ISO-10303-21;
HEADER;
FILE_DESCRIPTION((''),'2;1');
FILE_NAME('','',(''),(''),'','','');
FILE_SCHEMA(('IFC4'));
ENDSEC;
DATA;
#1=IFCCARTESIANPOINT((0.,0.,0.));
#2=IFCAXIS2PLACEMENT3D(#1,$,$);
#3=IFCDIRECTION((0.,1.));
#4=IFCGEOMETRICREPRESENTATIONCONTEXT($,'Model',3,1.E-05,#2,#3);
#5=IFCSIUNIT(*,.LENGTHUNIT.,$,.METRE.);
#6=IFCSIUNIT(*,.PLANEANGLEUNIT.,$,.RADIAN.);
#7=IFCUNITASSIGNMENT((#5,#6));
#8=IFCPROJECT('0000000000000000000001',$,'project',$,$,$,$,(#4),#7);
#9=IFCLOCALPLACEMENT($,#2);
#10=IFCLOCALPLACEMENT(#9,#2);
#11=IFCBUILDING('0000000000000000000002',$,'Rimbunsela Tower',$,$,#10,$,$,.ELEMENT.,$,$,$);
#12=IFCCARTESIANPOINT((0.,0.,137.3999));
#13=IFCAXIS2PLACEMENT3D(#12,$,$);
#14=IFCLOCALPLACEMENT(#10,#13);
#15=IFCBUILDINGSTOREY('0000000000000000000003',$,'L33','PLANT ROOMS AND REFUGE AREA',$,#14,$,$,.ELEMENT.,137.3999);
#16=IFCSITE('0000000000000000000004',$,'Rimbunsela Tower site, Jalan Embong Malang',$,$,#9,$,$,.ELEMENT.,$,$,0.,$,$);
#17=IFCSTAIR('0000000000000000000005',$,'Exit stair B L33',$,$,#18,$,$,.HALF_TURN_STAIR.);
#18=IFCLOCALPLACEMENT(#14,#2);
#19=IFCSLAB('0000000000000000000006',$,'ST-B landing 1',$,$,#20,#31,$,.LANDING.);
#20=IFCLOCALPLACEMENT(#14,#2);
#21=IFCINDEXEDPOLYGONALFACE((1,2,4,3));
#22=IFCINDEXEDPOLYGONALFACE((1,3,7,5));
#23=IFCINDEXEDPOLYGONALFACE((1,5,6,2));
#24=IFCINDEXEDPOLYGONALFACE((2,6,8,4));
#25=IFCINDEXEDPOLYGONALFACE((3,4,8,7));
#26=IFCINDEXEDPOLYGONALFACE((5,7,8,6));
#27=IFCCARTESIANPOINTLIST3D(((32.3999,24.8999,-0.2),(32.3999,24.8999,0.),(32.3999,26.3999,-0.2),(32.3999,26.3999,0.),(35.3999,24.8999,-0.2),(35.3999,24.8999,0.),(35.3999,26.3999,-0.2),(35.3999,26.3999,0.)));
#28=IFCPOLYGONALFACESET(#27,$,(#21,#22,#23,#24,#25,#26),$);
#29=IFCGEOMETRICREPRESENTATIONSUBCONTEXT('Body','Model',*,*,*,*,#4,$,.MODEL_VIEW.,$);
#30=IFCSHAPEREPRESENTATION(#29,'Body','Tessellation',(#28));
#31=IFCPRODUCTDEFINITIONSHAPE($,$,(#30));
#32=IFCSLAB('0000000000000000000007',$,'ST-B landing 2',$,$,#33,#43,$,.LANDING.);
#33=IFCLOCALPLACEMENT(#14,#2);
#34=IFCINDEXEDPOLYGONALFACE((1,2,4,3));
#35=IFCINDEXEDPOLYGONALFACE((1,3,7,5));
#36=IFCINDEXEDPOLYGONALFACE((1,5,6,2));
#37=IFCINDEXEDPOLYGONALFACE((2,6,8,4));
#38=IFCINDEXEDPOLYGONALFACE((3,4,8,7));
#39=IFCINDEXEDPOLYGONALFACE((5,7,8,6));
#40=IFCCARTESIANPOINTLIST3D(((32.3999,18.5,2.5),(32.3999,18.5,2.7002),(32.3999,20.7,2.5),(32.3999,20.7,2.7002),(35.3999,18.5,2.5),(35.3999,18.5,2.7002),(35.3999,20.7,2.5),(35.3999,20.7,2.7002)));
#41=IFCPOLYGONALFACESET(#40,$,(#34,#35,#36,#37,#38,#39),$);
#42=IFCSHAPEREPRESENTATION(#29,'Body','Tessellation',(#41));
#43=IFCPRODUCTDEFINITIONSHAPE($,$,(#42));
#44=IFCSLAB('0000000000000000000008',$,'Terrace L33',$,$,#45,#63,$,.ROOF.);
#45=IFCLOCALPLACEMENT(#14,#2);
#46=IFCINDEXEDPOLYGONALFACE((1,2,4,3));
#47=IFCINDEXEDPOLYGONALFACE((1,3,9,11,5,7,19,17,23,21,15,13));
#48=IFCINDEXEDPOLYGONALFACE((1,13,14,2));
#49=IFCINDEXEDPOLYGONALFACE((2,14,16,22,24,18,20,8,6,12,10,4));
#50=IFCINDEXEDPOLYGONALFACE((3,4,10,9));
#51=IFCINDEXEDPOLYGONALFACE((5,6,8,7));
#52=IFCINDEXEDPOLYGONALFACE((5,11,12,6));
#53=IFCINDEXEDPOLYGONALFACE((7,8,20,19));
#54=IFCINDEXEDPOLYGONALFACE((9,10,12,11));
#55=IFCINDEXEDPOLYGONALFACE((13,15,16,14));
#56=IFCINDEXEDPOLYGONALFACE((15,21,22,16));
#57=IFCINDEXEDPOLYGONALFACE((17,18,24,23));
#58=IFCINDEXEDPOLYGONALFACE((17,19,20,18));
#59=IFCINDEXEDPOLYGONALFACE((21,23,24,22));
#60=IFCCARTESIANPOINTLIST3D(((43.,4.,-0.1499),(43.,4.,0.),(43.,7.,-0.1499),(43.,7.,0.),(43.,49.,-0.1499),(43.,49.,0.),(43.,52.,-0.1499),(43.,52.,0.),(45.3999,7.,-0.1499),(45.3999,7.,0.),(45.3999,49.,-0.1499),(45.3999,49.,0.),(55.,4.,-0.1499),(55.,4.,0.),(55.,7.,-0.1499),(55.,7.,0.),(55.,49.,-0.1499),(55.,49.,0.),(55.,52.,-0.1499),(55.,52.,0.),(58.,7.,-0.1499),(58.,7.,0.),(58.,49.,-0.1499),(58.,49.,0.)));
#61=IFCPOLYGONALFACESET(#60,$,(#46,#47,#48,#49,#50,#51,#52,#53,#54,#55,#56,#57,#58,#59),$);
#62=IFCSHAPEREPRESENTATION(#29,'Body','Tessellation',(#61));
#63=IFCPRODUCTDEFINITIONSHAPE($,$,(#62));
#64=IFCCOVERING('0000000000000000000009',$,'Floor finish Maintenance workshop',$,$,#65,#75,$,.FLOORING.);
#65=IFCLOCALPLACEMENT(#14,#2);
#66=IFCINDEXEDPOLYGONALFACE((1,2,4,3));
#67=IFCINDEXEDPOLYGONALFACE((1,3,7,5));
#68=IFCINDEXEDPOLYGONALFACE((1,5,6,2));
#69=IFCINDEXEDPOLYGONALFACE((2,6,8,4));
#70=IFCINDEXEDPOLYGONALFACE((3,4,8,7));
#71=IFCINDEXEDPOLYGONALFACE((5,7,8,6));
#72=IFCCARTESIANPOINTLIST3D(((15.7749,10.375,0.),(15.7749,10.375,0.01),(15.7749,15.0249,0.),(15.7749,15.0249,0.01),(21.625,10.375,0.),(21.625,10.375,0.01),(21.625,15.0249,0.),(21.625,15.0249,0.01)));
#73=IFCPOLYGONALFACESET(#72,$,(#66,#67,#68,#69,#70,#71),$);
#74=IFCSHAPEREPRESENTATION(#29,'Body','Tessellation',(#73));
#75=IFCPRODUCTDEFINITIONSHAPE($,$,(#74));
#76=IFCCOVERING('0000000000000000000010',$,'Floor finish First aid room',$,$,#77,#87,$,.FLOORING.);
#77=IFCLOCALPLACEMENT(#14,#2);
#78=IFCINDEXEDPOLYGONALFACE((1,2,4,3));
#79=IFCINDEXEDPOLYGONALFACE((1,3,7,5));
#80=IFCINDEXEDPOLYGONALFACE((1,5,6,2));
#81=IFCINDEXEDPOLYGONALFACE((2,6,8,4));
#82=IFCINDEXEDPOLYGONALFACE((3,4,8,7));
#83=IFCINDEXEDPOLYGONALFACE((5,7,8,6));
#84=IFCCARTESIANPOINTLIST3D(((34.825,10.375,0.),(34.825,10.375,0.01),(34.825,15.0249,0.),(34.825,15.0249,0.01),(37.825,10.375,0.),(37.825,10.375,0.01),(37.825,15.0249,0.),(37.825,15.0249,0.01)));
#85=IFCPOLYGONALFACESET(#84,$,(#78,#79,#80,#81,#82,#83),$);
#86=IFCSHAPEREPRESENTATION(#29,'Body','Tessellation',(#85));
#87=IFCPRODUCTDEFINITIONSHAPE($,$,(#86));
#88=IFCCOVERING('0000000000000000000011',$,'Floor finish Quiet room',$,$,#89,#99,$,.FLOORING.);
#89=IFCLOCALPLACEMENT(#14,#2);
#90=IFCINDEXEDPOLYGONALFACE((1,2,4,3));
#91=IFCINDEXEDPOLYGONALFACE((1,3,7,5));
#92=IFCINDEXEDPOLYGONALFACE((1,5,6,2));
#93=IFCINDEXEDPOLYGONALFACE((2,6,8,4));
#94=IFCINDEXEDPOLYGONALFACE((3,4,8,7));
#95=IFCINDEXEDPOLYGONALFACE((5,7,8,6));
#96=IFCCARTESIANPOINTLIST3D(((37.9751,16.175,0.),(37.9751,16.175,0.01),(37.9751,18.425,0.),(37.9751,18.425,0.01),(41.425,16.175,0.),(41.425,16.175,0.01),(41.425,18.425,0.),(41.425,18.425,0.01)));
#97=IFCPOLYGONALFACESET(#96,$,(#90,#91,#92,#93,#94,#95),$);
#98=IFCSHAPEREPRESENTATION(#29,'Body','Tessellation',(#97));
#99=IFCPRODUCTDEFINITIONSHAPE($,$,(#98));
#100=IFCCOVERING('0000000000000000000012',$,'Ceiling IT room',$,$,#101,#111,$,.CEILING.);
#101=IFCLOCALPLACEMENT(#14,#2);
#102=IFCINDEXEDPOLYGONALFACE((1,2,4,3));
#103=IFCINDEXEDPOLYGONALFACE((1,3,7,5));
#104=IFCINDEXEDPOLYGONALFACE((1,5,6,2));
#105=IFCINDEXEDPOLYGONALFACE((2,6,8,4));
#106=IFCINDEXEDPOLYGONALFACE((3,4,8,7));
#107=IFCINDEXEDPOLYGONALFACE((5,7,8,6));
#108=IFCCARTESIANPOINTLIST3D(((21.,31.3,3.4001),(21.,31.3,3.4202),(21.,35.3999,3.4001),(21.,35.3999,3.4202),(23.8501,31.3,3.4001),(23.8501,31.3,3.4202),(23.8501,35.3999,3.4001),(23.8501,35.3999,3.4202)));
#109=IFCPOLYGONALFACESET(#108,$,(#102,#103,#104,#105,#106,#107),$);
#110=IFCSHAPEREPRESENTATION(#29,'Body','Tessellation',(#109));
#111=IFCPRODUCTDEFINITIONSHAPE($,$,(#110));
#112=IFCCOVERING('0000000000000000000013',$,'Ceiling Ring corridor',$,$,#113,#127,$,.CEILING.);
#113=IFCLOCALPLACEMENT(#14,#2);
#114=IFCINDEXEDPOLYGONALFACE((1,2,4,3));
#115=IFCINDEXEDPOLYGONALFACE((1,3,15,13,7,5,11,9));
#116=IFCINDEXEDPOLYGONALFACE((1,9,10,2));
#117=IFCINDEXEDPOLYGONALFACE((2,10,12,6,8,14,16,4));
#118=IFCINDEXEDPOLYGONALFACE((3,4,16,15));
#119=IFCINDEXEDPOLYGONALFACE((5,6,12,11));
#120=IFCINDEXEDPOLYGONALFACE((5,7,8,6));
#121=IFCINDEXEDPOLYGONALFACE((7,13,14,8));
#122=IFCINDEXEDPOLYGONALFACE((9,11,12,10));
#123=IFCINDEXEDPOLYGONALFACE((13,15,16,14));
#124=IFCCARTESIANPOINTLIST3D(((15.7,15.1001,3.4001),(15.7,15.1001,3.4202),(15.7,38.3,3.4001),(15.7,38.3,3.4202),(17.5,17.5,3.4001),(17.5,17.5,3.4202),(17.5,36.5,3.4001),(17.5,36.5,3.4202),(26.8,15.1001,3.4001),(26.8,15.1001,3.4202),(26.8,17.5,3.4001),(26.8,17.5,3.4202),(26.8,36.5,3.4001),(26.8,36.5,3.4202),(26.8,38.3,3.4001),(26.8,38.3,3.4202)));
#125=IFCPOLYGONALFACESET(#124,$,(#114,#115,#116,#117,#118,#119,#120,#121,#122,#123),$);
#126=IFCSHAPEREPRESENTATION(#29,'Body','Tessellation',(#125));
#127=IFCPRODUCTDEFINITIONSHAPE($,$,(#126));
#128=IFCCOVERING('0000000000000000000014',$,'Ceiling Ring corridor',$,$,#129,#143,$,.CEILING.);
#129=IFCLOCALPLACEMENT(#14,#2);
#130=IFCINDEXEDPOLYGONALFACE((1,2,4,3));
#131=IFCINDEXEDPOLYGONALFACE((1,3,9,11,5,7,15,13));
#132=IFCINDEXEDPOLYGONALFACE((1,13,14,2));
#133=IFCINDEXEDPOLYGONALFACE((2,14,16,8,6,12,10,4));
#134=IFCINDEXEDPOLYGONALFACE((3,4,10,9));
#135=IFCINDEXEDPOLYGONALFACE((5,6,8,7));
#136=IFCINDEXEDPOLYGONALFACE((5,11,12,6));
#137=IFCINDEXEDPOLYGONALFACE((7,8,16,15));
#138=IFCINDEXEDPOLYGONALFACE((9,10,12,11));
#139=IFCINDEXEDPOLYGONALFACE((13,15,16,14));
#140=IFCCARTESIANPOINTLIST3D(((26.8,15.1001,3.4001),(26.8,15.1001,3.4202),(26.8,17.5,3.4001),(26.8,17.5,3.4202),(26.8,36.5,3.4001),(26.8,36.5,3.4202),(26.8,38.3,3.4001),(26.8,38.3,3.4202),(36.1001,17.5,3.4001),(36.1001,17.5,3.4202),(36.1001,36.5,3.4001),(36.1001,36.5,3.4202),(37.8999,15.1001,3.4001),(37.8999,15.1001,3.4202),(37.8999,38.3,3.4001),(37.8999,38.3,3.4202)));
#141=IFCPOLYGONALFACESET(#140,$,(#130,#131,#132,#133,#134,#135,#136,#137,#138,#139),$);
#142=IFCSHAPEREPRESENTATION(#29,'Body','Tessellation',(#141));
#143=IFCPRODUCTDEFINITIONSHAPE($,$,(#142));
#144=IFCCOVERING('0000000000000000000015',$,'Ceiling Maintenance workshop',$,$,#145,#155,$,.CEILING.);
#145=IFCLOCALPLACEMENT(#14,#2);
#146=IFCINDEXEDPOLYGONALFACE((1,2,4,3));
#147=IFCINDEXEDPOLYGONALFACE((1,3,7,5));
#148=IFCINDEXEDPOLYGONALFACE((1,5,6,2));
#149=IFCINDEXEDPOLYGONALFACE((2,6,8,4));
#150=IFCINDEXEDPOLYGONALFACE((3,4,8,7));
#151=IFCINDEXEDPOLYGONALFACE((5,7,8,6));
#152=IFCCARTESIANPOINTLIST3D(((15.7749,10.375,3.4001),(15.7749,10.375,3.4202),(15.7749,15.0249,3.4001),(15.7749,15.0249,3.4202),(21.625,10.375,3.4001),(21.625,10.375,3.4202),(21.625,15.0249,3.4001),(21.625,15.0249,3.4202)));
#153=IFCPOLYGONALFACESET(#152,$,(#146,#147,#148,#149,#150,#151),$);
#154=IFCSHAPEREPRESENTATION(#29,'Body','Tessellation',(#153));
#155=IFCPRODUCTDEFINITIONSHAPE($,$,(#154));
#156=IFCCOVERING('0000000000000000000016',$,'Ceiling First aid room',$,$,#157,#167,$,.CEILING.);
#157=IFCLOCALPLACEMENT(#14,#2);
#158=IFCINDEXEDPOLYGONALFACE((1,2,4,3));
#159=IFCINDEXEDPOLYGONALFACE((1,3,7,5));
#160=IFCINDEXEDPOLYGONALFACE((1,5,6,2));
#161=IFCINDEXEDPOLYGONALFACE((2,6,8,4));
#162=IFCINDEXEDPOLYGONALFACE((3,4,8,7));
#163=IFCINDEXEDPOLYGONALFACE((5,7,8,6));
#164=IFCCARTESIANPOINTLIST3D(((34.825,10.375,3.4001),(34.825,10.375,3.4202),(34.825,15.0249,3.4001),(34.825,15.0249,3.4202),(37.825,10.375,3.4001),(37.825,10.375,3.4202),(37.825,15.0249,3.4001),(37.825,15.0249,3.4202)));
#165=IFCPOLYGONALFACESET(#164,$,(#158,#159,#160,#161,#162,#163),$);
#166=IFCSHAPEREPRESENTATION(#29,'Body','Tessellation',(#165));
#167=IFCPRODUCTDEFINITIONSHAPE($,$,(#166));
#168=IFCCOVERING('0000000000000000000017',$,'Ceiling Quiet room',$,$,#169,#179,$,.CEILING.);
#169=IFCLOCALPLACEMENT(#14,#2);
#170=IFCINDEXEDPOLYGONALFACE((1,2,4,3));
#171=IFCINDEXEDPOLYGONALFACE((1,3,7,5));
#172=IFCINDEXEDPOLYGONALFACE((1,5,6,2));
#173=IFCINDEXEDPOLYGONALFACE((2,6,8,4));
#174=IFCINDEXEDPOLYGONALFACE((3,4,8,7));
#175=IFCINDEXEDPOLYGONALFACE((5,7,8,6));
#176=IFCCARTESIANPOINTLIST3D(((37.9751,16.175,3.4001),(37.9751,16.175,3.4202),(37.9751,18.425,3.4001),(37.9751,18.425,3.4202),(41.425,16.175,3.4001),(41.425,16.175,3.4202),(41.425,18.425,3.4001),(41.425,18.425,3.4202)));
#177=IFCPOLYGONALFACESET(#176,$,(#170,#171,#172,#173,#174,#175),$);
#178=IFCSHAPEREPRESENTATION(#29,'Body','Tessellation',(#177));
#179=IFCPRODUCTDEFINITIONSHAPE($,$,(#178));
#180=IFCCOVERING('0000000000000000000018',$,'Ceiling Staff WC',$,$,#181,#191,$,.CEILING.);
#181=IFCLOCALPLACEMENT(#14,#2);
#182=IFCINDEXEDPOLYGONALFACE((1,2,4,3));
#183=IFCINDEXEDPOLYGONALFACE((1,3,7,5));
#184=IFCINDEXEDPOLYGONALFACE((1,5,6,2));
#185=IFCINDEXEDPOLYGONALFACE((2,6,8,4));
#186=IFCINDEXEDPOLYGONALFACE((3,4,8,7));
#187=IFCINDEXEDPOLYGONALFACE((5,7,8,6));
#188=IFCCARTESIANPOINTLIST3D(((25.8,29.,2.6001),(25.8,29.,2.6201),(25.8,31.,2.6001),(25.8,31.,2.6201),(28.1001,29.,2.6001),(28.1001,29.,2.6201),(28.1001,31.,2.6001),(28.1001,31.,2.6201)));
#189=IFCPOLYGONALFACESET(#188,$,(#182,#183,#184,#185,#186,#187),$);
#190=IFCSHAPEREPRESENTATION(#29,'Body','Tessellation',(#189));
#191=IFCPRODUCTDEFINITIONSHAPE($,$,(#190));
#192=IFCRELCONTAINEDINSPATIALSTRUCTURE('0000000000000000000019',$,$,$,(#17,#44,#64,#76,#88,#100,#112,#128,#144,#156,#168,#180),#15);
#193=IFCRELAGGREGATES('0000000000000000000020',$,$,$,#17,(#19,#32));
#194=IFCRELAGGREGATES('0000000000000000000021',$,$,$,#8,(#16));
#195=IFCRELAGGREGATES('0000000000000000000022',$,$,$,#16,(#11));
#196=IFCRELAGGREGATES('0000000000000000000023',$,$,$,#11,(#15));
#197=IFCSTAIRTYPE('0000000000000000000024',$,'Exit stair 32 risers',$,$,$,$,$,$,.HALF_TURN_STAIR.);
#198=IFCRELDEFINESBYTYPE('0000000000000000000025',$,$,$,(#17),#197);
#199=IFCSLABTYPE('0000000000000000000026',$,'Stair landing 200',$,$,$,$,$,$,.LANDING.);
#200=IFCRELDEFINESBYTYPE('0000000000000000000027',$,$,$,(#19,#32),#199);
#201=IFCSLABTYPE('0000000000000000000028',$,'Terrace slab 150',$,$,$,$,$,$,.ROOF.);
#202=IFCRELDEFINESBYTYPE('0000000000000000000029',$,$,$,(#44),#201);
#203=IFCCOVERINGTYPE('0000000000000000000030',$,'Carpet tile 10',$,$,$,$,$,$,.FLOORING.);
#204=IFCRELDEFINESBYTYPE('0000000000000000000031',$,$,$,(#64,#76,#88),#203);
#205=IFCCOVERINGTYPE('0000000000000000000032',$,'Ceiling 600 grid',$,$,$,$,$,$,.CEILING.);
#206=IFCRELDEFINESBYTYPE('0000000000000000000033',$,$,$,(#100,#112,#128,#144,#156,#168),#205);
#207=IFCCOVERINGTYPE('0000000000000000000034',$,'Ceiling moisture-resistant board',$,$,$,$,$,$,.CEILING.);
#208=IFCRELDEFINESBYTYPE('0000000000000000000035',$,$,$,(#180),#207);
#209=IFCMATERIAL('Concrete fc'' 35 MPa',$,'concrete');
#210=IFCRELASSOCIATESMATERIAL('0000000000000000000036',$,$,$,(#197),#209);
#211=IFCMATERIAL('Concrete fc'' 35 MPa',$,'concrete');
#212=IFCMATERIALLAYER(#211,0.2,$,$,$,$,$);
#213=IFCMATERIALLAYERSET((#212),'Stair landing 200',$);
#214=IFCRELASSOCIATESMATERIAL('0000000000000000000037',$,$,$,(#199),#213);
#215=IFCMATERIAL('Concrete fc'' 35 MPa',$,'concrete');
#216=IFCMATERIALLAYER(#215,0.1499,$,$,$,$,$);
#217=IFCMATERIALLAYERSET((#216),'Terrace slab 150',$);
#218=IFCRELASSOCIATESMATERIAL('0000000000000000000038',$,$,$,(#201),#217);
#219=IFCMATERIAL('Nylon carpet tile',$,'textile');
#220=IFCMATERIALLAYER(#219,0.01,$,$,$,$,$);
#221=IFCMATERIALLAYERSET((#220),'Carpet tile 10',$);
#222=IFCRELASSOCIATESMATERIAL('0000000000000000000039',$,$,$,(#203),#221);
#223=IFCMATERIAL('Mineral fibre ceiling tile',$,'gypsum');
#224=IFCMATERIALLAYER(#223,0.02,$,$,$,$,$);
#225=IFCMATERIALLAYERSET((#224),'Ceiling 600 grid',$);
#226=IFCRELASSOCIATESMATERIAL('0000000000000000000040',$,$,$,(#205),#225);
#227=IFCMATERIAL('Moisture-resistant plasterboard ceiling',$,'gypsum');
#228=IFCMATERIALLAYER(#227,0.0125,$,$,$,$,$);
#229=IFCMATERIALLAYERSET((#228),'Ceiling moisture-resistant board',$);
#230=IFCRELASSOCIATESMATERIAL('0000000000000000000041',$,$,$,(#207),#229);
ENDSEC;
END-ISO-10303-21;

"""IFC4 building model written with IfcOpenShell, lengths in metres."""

from ifc_helpers import new_model, si_unit, direction, frame, origin, place, context, subcontext, project, spatial, polyline, outline, extrude, material, layer, layer_set, type_object, element, aggregate, save


model = new_model("IFC4")

# Units and contexts
model_context = context("Model", 3, precision=1e-05, world=origin(), true_north=direction((0.0, 1.0)))
body_context = subcontext(model_context, "Body", "Model", "MODEL_VIEW")
ifc_project = project(units=[si_unit("LENGTHUNIT", "METRE"), si_unit("PLANEANGLEUNIT", "RADIAN")], contexts=[model_context])

# Site, building, storey
site_placement = place(None, origin())
site = spatial("IfcSite", under=ifc_project, at=site_placement, Name="Rimbunsela Tower site, Jalan Embong Malang", CompositionType="ELEMENT", RefElevation=0.0)
building_placement = place(site_placement, origin())
building = spatial("IfcBuilding", under=site, at=building_placement, Name="Rimbunsela Tower", CompositionType="ELEMENT")
storey_placement = place(building_placement, frame((0.0, 0.0, 137.3999)))
storey = spatial("IfcBuildingStorey", under=building, at=storey_placement, Name="L33", Description="PLANT ROOMS AND REFUGE AREA", CompositionType="ELEMENT", Elevation=137.3999)

# Stair, slabs
ifc_material_1 = material(Name="Concrete fc' 35 MPa", Category="concrete")
stair_type = type_object("IfcStairType", Name="Exit stair 32 risers", PredefinedType="HALF_TURN_STAIR", material=ifc_material_1)
ifc_material_2 = material(Name="Concrete fc' 35 MPa", Category="concrete")
ifc_layer_1 = layer(ifc_material_2, 0.2)
ifc_layer_set_1 = layer_set([ifc_layer_1], Name="Stair landing 200")
slab_type_1 = type_object("IfcSlabType", Name="Stair landing 200", PredefinedType="LANDING", material=ifc_layer_set_1)
stair_1_placement = place(storey_placement, origin())
stair_1 = element("IfcStair", 1, at=stair_1_placement, inside=storey, type_object=stair_type, Name="Exit stair B L33", PredefinedType="HALF_TURN_STAIR")
slab_1_placement = place(storey_placement, frame((0.0, 0.0, -0.2)))
slab_1 = element("IfcSlab", 2, at=slab_1_placement, type_object=slab_type_1, Name="ST-B landing 1", PredefinedType="LANDING", context=body_context, shape_type="SweptSolid", body=[
    extrude(outline(polyline([(32.3999, 24.8999), (35.3999, 24.8999), (35.3999, 26.3999), (32.3999, 26.3999), (32.3999, 24.8999)])), origin(), (0.0, 0.0, 1.0), 0.2),
])
slab_2_placement = place(storey_placement, frame((0.0, 0.0, 2.5)))
slab_2 = element("IfcSlab", 3, at=slab_2_placement, type_object=slab_type_1, Name="ST-B landing 2", PredefinedType="LANDING", context=body_context, shape_type="SweptSolid", body=[
    extrude(outline(polyline([(32.3999, 18.5), (35.3999, 18.5), (35.3999, 20.7), (32.3999, 20.7), (32.3999, 18.5)])), origin(), (0.0, 0.0, 1.0), 0.2002),
])
aggregate(stair_1, [slab_1, slab_2])

# Slab
ifc_material_3 = material(Name="Concrete fc' 35 MPa", Category="concrete")
ifc_layer_2 = layer(ifc_material_3, 0.1499)
ifc_layer_set_2 = layer_set([ifc_layer_2], Name="Terrace slab 150")
slab_type_2 = type_object("IfcSlabType", Name="Terrace slab 150", PredefinedType="ROOF", material=ifc_layer_set_2)
slab_3_placement = place(storey_placement, frame((0.0, 0.0, -0.1499)))
element("IfcSlab", 4, at=slab_3_placement, inside=storey, type_object=slab_type_2, Name="Terrace L33", PredefinedType="ROOF", context=body_context, shape_type="SweptSolid", body=[
    extrude(outline(polyline([(55.0, 52.0), (55.0, 49.0), (58.0, 49.0), (58.0, 7.0), (55.0, 7.0), (55.0, 4.0), (43.0, 4.0), (43.0, 7.0), (45.3999, 7.0), (45.3999, 49.0), (43.0, 49.0), (43.0, 52.0), (55.0, 52.0)])), origin(), (0.0, 0.0, 1.0), 0.1499),
])

# Coverings
ifc_material_4 = material(Name="Nylon carpet tile", Category="textile")
ifc_layer_3 = layer(ifc_material_4, 0.01)
ifc_layer_set_3 = layer_set([ifc_layer_3], Name="Carpet tile 10")
covering_type_1 = type_object("IfcCoveringType", Name="Carpet tile 10", PredefinedType="FLOORING", material=ifc_layer_set_3)
covering_1_placement = place(storey_placement, origin())
element("IfcCovering", 5, at=covering_1_placement, inside=storey, type_object=covering_type_1, Name="Floor finish Maintenance workshop", PredefinedType="FLOORING", context=body_context, shape_type="SweptSolid", body=[
    extrude(outline(polyline([(21.625, 10.375), (21.625, 15.0249), (15.7749, 15.0249), (15.7749, 10.375), (21.625, 10.375)])), origin(), (0.0, 0.0, 1.0), 0.01),
])
covering_2_placement = place(storey_placement, origin())
element("IfcCovering", 6, at=covering_2_placement, inside=storey, type_object=covering_type_1, Name="Floor finish First aid room", PredefinedType="FLOORING", context=body_context, shape_type="SweptSolid", body=[
    extrude(outline(polyline([(37.825, 10.375), (37.825, 15.0249), (34.825, 15.0249), (34.825, 10.375), (37.825, 10.375)])), origin(), (0.0, 0.0, 1.0), 0.01),
])
covering_3_placement = place(storey_placement, origin())
element("IfcCovering", 7, at=covering_3_placement, inside=storey, type_object=covering_type_1, Name="Floor finish Quiet room", PredefinedType="FLOORING", context=body_context, shape_type="SweptSolid", body=[
    extrude(outline(polyline([(41.425, 16.175), (41.425, 18.425), (37.9751, 18.425), (37.9751, 16.175), (41.425, 16.175)])), origin(), (0.0, 0.0, 1.0), 0.01),
])
ifc_material_5 = material(Name="Mineral fibre ceiling tile", Category="gypsum")
ifc_layer_4 = layer(ifc_material_5, 0.02)
ifc_layer_set_4 = layer_set([ifc_layer_4], Name="Ceiling 600 grid")
covering_type_2 = type_object("IfcCoveringType", Name="Ceiling 600 grid", PredefinedType="CEILING", material=ifc_layer_set_4)
covering_4_placement = place(storey_placement, frame((0.0, 0.0, 3.4001)))
element("IfcCovering", 8, at=covering_4_placement, inside=storey, type_object=covering_type_2, Name="Ceiling IT room", PredefinedType="CEILING", context=body_context, shape_type="SweptSolid", body=[
    extrude(outline(polyline([(23.8501, 31.3), (23.8501, 35.3999), (21.0, 35.3999), (21.0, 31.3), (23.8501, 31.3)])), origin(), (0.0, 0.0, 1.0), 0.02),
])
covering_5_placement = place(storey_placement, frame((0.0, 0.0, 3.4001)))
element("IfcCovering", 9, at=covering_5_placement, inside=storey, type_object=covering_type_2, Name="Ceiling Ring corridor", PredefinedType="CEILING", context=body_context, shape_type="SweptSolid", body=[
    extrude(outline(polyline([(15.7, 38.3), (26.8, 38.3), (26.8, 36.5), (17.5, 36.5), (17.5, 17.5), (26.8, 17.5), (26.8, 15.1001), (15.7, 15.1001), (15.7, 38.3)])), origin(), (0.0, 0.0, 1.0), 0.02),
])
covering_6_placement = place(storey_placement, frame((0.0, 0.0, 3.4001)))
element("IfcCovering", 10, at=covering_6_placement, inside=storey, type_object=covering_type_2, Name="Ceiling Ring corridor", PredefinedType="CEILING", context=body_context, shape_type="SweptSolid", body=[
    extrude(outline(polyline([(37.8999, 38.3), (37.8999, 15.1001), (26.8, 15.1001), (26.8, 17.5), (36.1001, 17.5), (36.1001, 36.5), (26.8, 36.5), (26.8, 38.3), (37.8999, 38.3)])), origin(), (0.0, 0.0, 1.0), 0.02),
])
covering_7_placement = place(storey_placement, frame((0.0, 0.0, 3.4001)))
element("IfcCovering", 11, at=covering_7_placement, inside=storey, type_object=covering_type_2, Name="Ceiling Maintenance workshop", PredefinedType="CEILING", context=body_context, shape_type="SweptSolid", body=[
    extrude(outline(polyline([(21.625, 10.375), (21.625, 15.0249), (15.7749, 15.0249), (15.7749, 10.375), (21.625, 10.375)])), origin(), (0.0, 0.0, 1.0), 0.02),
])
covering_8_placement = place(storey_placement, frame((0.0, 0.0, 3.4001)))
element("IfcCovering", 12, at=covering_8_placement, inside=storey, type_object=covering_type_2, Name="Ceiling First aid room", PredefinedType="CEILING", context=body_context, shape_type="SweptSolid", body=[
    extrude(outline(polyline([(37.825, 10.375), (37.825, 15.0249), (34.825, 15.0249), (34.825, 10.375), (37.825, 10.375)])), origin(), (0.0, 0.0, 1.0), 0.02),
])
covering_9_placement = place(storey_placement, frame((0.0, 0.0, 3.4001)))
element("IfcCovering", 13, at=covering_9_placement, inside=storey, type_object=covering_type_2, Name="Ceiling Quiet room", PredefinedType="CEILING", context=body_context, shape_type="SweptSolid", body=[
    extrude(outline(polyline([(41.425, 16.175), (41.425, 18.425), (37.9751, 18.425), (37.9751, 16.175), (41.425, 16.175)])), origin(), (0.0, 0.0, 1.0), 0.02),
])
ifc_material_6 = material(Name="Moisture-resistant plasterboard ceiling", Category="gypsum")
ifc_layer_5 = layer(ifc_material_6, 0.0125)
ifc_layer_set_5 = layer_set([ifc_layer_5], Name="Ceiling moisture-resistant board")
covering_type_3 = type_object("IfcCoveringType", Name="Ceiling moisture-resistant board", PredefinedType="CEILING", material=ifc_layer_set_5)
covering_10_placement = place(storey_placement, frame((0.0, 0.0, 2.6001)))
element("IfcCovering", 14, at=covering_10_placement, inside=storey, type_object=covering_type_3, Name="Ceiling Staff WC", PredefinedType="CEILING", context=body_context, shape_type="SweptSolid", body=[
    extrude(outline(polyline([(28.1001, 29.0), (28.1001, 31.0), (25.8, 31.0), (25.8, 29.0), (28.1001, 29.0)])), origin(), (0.0, 0.0, 1.0), 0.02),
])

save(model, "model.ifc")
